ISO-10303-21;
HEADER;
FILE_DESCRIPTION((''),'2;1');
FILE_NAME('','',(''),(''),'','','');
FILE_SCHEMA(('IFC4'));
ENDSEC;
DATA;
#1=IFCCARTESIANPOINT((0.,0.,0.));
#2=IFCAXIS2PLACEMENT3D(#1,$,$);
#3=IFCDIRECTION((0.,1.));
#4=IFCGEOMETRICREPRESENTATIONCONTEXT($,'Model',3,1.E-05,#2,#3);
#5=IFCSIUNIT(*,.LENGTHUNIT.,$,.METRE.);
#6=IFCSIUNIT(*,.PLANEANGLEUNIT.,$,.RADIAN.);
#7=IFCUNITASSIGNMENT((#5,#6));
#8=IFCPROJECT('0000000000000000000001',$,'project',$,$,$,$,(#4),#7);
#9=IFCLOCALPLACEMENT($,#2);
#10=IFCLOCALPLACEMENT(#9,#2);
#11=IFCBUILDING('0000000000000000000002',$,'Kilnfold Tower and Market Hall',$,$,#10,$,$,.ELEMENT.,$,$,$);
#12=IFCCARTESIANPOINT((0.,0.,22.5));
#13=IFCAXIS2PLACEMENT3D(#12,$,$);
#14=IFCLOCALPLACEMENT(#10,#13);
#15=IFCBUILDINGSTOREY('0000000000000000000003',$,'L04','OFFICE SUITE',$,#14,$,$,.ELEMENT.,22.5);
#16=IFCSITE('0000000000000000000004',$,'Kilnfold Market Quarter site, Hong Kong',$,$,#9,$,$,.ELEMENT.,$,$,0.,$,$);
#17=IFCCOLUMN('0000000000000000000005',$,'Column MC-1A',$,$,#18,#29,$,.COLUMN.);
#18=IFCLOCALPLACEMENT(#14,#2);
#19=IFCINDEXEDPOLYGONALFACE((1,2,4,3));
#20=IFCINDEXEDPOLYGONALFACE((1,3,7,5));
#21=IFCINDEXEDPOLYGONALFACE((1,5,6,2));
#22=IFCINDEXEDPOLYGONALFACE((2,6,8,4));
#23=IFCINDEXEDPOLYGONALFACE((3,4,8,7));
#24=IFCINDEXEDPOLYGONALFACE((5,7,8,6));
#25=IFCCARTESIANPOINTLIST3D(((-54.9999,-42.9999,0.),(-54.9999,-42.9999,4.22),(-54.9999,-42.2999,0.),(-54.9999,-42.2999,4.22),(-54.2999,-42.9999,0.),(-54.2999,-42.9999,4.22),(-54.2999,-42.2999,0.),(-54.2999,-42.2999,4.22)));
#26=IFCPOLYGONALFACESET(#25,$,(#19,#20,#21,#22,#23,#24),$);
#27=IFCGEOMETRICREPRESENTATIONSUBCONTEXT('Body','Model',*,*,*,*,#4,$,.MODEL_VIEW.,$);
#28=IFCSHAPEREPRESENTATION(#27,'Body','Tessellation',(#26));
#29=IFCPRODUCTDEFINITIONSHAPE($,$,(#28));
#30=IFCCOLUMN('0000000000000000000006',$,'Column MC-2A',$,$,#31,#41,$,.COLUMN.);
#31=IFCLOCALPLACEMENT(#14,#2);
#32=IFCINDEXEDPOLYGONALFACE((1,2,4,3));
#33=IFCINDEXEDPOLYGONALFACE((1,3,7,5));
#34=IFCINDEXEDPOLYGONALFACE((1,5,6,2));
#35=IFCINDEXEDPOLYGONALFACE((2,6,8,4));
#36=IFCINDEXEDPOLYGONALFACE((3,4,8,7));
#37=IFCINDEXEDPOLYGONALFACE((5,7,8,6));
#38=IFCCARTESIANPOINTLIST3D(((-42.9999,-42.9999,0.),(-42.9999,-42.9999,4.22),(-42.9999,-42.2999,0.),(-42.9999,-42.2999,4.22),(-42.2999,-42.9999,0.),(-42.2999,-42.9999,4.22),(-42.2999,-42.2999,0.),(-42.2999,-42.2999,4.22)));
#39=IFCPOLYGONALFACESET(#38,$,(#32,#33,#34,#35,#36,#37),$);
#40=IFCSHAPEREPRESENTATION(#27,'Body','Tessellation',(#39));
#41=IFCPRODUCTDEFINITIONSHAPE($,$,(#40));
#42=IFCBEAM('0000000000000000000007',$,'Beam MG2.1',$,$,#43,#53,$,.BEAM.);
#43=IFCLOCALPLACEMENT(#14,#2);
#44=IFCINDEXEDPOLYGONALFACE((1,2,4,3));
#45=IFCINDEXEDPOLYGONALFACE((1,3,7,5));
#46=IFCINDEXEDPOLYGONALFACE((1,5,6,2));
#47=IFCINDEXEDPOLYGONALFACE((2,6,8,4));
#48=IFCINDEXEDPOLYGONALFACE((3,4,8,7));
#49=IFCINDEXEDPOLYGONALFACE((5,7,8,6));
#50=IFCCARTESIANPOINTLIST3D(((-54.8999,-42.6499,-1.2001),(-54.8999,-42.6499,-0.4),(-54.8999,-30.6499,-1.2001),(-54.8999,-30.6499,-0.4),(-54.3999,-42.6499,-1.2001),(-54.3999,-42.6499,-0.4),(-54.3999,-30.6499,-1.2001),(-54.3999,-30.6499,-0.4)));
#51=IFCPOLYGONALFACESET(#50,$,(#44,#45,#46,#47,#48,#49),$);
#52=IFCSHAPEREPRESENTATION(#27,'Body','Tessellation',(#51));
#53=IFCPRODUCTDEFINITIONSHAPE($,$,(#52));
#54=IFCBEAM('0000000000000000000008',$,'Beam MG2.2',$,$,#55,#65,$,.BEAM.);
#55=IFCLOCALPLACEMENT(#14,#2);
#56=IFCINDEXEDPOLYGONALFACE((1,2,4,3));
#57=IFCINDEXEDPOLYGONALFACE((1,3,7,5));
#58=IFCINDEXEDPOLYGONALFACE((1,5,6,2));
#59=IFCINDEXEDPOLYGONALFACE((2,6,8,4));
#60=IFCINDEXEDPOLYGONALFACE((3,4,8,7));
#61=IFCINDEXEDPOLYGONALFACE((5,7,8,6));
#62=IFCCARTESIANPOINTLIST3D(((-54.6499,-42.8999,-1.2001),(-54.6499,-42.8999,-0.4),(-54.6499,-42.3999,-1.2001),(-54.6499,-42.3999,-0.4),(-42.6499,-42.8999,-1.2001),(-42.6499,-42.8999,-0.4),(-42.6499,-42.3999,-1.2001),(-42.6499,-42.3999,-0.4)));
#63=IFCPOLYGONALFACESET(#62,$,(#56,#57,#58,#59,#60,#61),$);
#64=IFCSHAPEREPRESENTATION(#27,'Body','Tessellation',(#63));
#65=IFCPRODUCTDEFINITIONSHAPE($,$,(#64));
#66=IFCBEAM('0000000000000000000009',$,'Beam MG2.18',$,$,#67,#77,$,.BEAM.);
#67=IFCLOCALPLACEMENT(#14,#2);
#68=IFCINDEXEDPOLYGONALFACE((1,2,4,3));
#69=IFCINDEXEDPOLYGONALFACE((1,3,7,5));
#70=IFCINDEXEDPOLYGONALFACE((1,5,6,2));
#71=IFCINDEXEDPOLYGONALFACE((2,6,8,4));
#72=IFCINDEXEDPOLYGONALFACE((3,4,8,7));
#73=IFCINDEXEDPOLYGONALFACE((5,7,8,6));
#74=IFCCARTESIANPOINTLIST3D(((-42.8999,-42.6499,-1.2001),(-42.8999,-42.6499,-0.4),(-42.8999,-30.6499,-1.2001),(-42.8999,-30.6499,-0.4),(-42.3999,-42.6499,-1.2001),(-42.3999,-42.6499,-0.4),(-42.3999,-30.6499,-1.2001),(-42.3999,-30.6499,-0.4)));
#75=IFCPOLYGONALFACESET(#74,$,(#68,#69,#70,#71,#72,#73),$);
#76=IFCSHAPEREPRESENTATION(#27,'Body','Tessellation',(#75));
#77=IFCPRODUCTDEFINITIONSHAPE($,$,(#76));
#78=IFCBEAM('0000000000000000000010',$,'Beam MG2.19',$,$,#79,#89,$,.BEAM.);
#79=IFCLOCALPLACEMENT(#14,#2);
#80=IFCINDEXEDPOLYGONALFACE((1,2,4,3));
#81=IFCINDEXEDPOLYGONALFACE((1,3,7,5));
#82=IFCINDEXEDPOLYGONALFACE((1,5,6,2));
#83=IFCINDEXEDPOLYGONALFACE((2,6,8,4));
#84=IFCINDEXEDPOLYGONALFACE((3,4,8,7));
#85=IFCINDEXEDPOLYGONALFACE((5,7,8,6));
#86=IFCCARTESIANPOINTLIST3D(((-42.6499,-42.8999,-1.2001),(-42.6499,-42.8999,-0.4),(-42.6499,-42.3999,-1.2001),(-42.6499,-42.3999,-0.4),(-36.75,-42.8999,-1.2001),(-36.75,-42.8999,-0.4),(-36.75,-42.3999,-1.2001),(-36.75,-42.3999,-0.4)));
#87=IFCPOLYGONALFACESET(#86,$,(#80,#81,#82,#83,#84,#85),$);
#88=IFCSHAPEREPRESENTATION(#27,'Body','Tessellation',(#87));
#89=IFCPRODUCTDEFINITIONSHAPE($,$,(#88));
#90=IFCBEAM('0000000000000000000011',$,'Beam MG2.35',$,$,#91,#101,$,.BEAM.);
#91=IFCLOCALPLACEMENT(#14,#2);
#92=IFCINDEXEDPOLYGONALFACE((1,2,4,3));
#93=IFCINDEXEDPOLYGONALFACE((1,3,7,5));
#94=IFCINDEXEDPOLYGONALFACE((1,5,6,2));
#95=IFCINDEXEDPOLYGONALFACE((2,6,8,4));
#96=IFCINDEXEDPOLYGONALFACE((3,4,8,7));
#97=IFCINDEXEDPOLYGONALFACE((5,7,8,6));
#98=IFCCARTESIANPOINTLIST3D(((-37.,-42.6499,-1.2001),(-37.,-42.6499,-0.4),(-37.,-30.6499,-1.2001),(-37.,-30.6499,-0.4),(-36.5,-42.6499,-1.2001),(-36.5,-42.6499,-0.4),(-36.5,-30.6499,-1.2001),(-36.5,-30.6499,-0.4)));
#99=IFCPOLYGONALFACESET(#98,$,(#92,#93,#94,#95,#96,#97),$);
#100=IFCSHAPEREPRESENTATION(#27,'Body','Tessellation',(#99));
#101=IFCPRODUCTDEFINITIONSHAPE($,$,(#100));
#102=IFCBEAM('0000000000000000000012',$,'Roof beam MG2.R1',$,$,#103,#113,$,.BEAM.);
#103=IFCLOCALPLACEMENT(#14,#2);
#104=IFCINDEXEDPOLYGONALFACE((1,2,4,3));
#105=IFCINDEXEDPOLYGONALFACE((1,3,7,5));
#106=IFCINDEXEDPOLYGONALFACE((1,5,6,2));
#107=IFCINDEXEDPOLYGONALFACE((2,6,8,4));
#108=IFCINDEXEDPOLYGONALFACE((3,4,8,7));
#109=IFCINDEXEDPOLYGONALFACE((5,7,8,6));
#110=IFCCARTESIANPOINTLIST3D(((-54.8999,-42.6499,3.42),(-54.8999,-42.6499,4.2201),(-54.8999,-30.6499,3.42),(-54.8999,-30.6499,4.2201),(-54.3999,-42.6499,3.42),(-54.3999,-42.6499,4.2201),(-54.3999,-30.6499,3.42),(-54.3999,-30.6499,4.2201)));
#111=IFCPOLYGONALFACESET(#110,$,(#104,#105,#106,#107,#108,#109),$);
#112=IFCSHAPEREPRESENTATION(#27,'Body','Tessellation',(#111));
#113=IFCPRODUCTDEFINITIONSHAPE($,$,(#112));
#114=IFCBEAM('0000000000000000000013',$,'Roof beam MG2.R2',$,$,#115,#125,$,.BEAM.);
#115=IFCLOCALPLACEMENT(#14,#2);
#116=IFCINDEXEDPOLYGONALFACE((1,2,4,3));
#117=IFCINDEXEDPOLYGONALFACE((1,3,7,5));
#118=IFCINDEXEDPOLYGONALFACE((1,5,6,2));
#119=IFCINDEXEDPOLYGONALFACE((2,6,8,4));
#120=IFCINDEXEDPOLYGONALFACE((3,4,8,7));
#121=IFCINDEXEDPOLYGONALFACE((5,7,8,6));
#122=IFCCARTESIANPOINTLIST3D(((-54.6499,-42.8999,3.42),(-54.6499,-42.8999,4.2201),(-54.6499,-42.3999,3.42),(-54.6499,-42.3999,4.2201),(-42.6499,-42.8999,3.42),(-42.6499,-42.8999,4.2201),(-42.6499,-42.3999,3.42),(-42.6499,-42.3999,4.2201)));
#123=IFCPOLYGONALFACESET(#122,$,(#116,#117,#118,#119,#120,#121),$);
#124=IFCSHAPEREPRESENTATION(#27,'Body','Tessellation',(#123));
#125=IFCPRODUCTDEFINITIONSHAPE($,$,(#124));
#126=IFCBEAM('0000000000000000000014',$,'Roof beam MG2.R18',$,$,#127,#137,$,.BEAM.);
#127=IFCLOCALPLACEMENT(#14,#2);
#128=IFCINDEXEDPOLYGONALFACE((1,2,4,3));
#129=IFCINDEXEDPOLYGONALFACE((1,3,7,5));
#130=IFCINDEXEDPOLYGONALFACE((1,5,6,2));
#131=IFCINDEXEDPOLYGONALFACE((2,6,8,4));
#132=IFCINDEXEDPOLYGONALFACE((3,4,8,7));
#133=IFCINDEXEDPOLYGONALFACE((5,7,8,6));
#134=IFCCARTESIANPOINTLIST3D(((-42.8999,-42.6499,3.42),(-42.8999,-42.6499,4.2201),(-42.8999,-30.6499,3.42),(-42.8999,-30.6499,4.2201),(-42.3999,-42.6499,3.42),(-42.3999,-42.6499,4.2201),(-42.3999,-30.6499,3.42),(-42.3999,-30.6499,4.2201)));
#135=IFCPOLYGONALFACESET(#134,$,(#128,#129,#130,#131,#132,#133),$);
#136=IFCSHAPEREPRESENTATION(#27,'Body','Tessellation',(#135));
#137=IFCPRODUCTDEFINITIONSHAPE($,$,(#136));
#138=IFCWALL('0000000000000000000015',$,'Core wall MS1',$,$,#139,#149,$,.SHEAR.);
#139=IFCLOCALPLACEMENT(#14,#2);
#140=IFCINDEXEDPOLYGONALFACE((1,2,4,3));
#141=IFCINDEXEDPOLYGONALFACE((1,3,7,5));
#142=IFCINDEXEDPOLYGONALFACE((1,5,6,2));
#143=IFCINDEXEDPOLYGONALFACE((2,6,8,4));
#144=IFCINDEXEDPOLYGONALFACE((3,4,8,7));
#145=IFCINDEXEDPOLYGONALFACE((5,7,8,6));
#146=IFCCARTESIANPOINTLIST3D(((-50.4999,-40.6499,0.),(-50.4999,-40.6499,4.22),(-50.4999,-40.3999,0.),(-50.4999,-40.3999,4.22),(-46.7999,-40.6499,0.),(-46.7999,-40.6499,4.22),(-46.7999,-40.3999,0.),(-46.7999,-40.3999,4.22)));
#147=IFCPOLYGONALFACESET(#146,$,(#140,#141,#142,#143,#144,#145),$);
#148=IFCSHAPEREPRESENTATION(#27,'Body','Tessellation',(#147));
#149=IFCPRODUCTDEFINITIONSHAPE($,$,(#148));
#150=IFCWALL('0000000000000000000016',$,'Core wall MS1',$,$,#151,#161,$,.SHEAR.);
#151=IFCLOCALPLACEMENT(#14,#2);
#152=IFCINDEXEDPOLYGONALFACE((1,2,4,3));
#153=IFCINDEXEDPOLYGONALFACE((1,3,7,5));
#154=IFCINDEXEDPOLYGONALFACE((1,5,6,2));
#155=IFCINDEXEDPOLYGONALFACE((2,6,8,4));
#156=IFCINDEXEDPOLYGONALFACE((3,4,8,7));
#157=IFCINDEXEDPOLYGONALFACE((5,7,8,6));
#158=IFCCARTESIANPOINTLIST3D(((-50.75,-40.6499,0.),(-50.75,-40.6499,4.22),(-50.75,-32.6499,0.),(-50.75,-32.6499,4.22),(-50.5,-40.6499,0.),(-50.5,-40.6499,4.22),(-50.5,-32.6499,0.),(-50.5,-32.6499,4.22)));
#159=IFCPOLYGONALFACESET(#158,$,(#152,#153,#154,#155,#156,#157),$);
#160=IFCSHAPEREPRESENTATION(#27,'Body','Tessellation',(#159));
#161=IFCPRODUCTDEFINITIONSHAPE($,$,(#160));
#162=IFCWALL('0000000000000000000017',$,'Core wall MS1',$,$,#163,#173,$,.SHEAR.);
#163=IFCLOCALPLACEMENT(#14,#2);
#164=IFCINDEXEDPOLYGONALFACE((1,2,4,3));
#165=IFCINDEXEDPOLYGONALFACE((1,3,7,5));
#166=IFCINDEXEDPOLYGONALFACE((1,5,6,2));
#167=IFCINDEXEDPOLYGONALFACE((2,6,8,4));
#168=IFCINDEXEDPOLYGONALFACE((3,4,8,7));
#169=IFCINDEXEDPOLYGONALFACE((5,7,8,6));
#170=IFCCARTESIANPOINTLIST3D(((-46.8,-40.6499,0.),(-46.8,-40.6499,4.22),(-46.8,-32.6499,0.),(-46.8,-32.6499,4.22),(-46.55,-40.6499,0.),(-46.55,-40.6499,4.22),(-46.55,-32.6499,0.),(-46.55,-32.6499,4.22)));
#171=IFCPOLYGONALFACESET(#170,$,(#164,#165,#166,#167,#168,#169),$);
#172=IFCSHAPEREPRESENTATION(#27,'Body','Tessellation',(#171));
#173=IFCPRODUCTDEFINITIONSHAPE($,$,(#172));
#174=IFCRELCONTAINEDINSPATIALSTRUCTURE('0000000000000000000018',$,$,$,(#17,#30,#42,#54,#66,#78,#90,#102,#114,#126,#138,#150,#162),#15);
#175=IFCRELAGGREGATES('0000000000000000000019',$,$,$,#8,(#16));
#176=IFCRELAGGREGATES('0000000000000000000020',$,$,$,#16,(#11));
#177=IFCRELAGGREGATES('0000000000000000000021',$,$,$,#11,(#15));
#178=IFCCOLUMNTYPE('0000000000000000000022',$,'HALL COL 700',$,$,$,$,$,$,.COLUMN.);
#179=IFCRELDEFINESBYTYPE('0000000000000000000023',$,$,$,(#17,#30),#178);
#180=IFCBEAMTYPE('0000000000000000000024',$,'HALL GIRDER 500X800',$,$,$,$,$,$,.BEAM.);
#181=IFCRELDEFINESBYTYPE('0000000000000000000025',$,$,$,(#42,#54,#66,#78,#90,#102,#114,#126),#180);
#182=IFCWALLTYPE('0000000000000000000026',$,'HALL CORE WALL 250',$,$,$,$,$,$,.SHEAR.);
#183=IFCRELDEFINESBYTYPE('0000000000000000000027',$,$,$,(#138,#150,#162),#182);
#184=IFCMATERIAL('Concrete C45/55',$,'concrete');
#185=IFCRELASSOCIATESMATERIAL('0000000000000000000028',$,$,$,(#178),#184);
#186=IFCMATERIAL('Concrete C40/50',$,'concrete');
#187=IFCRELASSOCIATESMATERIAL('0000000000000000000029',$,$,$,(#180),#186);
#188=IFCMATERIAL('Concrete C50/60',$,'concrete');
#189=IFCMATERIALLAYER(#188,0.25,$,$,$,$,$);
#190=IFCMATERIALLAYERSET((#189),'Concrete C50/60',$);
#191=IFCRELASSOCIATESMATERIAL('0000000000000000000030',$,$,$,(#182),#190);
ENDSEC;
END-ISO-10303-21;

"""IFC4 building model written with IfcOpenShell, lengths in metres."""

from ifc_helpers import new_model, si_unit, direction, frame, frame_2d, origin, origin_2d, place, context, subcontext, project, spatial, rectangle, extrude, source, transform, mapped, material, layer, layer_set, material_profile, profile_set, type_object, element, save


model = new_model("IFC4")

# Units and contexts
model_context = context("Model", 3, precision=1e-05, world=origin(), true_north=direction((0.0, 1.0)))
body_context = subcontext(model_context, "Body", "Model", "MODEL_VIEW")
ifc_project = project(units=[si_unit("LENGTHUNIT", "METRE"), si_unit("PLANEANGLEUNIT", "RADIAN")], contexts=[model_context])

# Site, building, storey
site_placement = place(None, origin())
site = spatial("IfcSite", under=ifc_project, at=site_placement, Name="Kilnfold Market Quarter site, Hong Kong", CompositionType="ELEMENT", RefElevation=0.0)
building_placement = place(site_placement, origin())
building = spatial("IfcBuilding", under=site, at=building_placement, Name="Kilnfold Tower and Market Hall", CompositionType="ELEMENT")
storey_placement = place(building_placement, frame((0.0, 0.0, 22.5)))
storey = spatial("IfcBuildingStorey", under=building, at=storey_placement, Name="L04", Description="OFFICE SUITE", CompositionType="ELEMENT", Elevation=22.5)

# Columns
ifc_material_1 = material(Name="Concrete C45/55", Category="concrete")
ifc_material_profile_1 = material_profile(ifc_material_1, rectangle(XDim=0.7, YDim=0.7, at=origin_2d()), Name="RC 700x700")
ifc_profile_set_1 = profile_set([ifc_material_profile_1], Name="Concrete C45/55")
column_type = type_object("IfcColumnType", Name="HALL COL 700", PredefinedType="COLUMN", material=ifc_profile_set_1)
shared_shape_1 = source(origin(), body_context, "Body", "SweptSolid", [
    extrude(rectangle(XDim=0.7, YDim=0.7, at=origin_2d()), origin(), (0.0, 0.0, 1.0), 4.22),
])
for number, where, z_axis, x_axis, name in (
    (1, (-54.6499, -42.6499, 0.0), (0.0, 0.0, 1.0), (1.0, 0.0, 0.0), "Column MC-1A"),
    (2, (-42.6499, -42.6499, 0.0), (0.0, 0.0, 1.0), (1.0, 0.0, 0.0), "Column MC-2A"),
):
    element("IfcColumn", number, at=place(storey_placement, frame(where, z_axis=z_axis, x_axis=x_axis)), inside=storey, type_object=column_type, Name=name, PredefinedType="COLUMN", context=body_context, shape_type="MappedRepresentation", body=[
        mapped(shared_shape_1, transform((0.0, 0.0, 0.0))),
    ])

# Beams
ifc_material_2 = material(Name="Concrete C40/50", Category="concrete")
ifc_material_profile_2 = material_profile(ifc_material_2, rectangle(XDim=0.5, YDim=0.8, at=origin_2d()), Name="RC 500x800")
ifc_profile_set_2 = profile_set([ifc_material_profile_2], Name="Concrete C40/50")
beam_type = type_object("IfcBeamType", Name="HALL GIRDER 500X800", PredefinedType="BEAM", material=ifc_profile_set_2)
for number, where, z_axis, x_axis, name in (
    (3, (-54.6499, -42.6499, -0.8), (0.0, 1.0, 0.0), (-1.0, 0.0, 0.0), "Beam MG2.1"),
    (4, (-54.6499, -42.6499, -0.8), (1.0, 0.0, 0.0), (0.0, 1.0, 0.0), "Beam MG2.2"),
    (5, (-42.6499, -42.6499, -0.8), (0.0, 1.0, 0.0), (-1.0, 0.0, 0.0), "Beam MG2.18"),
):
    element("IfcBeam", number, at=place(storey_placement, frame(where, z_axis=z_axis, x_axis=x_axis)), inside=storey, type_object=beam_type, Name=name, PredefinedType="BEAM", context=body_context, shape_type="SweptSolid", body=[
        extrude(rectangle(XDim=0.5, YDim=0.8, at=origin_2d()), origin(), (0.0, 0.0, 1.0), 12.0),
    ])
beam_placement = place(storey_placement, frame((-42.6499, -42.6499, -0.8), z_axis=(1.0, 0.0, 0.0), x_axis=(0.0, 1.0, 0.0)))
element("IfcBeam", 6, at=beam_placement, inside=storey, type_object=beam_type, Name="Beam MG2.19", PredefinedType="BEAM", context=body_context, shape_type="SweptSolid", body=[
    extrude(rectangle(XDim=0.5, YDim=0.8, at=origin_2d()), origin(), (0.0, 0.0, 1.0), 5.8999),
])
for number, where, z_axis, x_axis, name in (
    (7, (-36.75, -42.6499, -0.8), (0.0, 1.0, 0.0), (-1.0, 0.0, 0.0), "Beam MG2.35"),
    (8, (-54.6499, -42.6499, 3.8201), (0.0, 1.0, 0.0), (-1.0, 0.0, 0.0), "Roof beam MG2.R1"),
    (9, (-54.6499, -42.6499, 3.8201), (1.0, 0.0, 0.0), (0.0, 1.0, 0.0), "Roof beam MG2.R2"),
    (10, (-42.6499, -42.6499, 3.8201), (0.0, 1.0, 0.0), (-1.0, 0.0, 0.0), "Roof beam MG2.R18"),
):
    element("IfcBeam", number, at=place(storey_placement, frame(where, z_axis=z_axis, x_axis=x_axis)), inside=storey, type_object=beam_type, Name=name, PredefinedType="BEAM", context=body_context, shape_type="SweptSolid", body=[
        extrude(rectangle(XDim=0.5, YDim=0.8, at=origin_2d()), origin(), (0.0, 0.0, 1.0), 12.0),
    ])

# Walls
ifc_material_3 = material(Name="Concrete C50/60", Category="concrete")
ifc_layer_1 = layer(ifc_material_3, 0.25)
ifc_layer_set_1 = layer_set([ifc_layer_1], Name="Concrete C50/60")
wall_type_1 = type_object("IfcWallType", Name="HALL CORE WALL 250", PredefinedType="SHEAR", material=ifc_layer_set_1)
shared_shape_2 = source(origin(), body_context, "Body", "SweptSolid", [
    extrude(rectangle(XDim=3.7, YDim=0.25, at=frame_2d((1.8501, 0.0))), origin(), (0.0, 0.0, 1.0), 4.22),
])
wall_1_placement = place(storey_placement, frame((-50.5, -40.5249, 0.0), z_axis=(0.0, 0.0, 1.0), x_axis=(1.0, 0.0, 0.0)))
element("IfcWall", 11, at=wall_1_placement, inside=storey, type_object=wall_type_1, Name="Core wall MS1", PredefinedType="SHEAR", context=body_context, shape_type="MappedRepresentation", body=[
    mapped(shared_shape_2, transform((0.0, 0.0, 0.0))),
])
shared_shape_3 = source(origin(), body_context, "Body", "SweptSolid", [
    extrude(rectangle(XDim=8.0, YDim=0.25, at=frame_2d((4.0, 0.0))), origin(), (0.0, 0.0, 1.0), 4.22),
])
for number, where, z_axis, x_axis, name in (
    (12, (-50.625, -40.6499, 0.0), (0.0, 0.0, 1.0), (0.0, 1.0, 0.0), "Core wall MS1"),
    (13, (-46.675, -40.6499, 0.0), (0.0, 0.0, 1.0), (0.0, 1.0, 0.0), "Core wall MS1"),
):
    element("IfcWall", number, at=place(storey_placement, frame(where, z_axis=z_axis, x_axis=x_axis)), inside=storey, type_object=wall_type_1, Name=name, PredefinedType="SHEAR", context=body_context, shape_type="MappedRepresentation", body=[
        mapped(shared_shape_3, transform((0.0, 0.0, 0.0))),
    ])

save(model, "model.ifc")
